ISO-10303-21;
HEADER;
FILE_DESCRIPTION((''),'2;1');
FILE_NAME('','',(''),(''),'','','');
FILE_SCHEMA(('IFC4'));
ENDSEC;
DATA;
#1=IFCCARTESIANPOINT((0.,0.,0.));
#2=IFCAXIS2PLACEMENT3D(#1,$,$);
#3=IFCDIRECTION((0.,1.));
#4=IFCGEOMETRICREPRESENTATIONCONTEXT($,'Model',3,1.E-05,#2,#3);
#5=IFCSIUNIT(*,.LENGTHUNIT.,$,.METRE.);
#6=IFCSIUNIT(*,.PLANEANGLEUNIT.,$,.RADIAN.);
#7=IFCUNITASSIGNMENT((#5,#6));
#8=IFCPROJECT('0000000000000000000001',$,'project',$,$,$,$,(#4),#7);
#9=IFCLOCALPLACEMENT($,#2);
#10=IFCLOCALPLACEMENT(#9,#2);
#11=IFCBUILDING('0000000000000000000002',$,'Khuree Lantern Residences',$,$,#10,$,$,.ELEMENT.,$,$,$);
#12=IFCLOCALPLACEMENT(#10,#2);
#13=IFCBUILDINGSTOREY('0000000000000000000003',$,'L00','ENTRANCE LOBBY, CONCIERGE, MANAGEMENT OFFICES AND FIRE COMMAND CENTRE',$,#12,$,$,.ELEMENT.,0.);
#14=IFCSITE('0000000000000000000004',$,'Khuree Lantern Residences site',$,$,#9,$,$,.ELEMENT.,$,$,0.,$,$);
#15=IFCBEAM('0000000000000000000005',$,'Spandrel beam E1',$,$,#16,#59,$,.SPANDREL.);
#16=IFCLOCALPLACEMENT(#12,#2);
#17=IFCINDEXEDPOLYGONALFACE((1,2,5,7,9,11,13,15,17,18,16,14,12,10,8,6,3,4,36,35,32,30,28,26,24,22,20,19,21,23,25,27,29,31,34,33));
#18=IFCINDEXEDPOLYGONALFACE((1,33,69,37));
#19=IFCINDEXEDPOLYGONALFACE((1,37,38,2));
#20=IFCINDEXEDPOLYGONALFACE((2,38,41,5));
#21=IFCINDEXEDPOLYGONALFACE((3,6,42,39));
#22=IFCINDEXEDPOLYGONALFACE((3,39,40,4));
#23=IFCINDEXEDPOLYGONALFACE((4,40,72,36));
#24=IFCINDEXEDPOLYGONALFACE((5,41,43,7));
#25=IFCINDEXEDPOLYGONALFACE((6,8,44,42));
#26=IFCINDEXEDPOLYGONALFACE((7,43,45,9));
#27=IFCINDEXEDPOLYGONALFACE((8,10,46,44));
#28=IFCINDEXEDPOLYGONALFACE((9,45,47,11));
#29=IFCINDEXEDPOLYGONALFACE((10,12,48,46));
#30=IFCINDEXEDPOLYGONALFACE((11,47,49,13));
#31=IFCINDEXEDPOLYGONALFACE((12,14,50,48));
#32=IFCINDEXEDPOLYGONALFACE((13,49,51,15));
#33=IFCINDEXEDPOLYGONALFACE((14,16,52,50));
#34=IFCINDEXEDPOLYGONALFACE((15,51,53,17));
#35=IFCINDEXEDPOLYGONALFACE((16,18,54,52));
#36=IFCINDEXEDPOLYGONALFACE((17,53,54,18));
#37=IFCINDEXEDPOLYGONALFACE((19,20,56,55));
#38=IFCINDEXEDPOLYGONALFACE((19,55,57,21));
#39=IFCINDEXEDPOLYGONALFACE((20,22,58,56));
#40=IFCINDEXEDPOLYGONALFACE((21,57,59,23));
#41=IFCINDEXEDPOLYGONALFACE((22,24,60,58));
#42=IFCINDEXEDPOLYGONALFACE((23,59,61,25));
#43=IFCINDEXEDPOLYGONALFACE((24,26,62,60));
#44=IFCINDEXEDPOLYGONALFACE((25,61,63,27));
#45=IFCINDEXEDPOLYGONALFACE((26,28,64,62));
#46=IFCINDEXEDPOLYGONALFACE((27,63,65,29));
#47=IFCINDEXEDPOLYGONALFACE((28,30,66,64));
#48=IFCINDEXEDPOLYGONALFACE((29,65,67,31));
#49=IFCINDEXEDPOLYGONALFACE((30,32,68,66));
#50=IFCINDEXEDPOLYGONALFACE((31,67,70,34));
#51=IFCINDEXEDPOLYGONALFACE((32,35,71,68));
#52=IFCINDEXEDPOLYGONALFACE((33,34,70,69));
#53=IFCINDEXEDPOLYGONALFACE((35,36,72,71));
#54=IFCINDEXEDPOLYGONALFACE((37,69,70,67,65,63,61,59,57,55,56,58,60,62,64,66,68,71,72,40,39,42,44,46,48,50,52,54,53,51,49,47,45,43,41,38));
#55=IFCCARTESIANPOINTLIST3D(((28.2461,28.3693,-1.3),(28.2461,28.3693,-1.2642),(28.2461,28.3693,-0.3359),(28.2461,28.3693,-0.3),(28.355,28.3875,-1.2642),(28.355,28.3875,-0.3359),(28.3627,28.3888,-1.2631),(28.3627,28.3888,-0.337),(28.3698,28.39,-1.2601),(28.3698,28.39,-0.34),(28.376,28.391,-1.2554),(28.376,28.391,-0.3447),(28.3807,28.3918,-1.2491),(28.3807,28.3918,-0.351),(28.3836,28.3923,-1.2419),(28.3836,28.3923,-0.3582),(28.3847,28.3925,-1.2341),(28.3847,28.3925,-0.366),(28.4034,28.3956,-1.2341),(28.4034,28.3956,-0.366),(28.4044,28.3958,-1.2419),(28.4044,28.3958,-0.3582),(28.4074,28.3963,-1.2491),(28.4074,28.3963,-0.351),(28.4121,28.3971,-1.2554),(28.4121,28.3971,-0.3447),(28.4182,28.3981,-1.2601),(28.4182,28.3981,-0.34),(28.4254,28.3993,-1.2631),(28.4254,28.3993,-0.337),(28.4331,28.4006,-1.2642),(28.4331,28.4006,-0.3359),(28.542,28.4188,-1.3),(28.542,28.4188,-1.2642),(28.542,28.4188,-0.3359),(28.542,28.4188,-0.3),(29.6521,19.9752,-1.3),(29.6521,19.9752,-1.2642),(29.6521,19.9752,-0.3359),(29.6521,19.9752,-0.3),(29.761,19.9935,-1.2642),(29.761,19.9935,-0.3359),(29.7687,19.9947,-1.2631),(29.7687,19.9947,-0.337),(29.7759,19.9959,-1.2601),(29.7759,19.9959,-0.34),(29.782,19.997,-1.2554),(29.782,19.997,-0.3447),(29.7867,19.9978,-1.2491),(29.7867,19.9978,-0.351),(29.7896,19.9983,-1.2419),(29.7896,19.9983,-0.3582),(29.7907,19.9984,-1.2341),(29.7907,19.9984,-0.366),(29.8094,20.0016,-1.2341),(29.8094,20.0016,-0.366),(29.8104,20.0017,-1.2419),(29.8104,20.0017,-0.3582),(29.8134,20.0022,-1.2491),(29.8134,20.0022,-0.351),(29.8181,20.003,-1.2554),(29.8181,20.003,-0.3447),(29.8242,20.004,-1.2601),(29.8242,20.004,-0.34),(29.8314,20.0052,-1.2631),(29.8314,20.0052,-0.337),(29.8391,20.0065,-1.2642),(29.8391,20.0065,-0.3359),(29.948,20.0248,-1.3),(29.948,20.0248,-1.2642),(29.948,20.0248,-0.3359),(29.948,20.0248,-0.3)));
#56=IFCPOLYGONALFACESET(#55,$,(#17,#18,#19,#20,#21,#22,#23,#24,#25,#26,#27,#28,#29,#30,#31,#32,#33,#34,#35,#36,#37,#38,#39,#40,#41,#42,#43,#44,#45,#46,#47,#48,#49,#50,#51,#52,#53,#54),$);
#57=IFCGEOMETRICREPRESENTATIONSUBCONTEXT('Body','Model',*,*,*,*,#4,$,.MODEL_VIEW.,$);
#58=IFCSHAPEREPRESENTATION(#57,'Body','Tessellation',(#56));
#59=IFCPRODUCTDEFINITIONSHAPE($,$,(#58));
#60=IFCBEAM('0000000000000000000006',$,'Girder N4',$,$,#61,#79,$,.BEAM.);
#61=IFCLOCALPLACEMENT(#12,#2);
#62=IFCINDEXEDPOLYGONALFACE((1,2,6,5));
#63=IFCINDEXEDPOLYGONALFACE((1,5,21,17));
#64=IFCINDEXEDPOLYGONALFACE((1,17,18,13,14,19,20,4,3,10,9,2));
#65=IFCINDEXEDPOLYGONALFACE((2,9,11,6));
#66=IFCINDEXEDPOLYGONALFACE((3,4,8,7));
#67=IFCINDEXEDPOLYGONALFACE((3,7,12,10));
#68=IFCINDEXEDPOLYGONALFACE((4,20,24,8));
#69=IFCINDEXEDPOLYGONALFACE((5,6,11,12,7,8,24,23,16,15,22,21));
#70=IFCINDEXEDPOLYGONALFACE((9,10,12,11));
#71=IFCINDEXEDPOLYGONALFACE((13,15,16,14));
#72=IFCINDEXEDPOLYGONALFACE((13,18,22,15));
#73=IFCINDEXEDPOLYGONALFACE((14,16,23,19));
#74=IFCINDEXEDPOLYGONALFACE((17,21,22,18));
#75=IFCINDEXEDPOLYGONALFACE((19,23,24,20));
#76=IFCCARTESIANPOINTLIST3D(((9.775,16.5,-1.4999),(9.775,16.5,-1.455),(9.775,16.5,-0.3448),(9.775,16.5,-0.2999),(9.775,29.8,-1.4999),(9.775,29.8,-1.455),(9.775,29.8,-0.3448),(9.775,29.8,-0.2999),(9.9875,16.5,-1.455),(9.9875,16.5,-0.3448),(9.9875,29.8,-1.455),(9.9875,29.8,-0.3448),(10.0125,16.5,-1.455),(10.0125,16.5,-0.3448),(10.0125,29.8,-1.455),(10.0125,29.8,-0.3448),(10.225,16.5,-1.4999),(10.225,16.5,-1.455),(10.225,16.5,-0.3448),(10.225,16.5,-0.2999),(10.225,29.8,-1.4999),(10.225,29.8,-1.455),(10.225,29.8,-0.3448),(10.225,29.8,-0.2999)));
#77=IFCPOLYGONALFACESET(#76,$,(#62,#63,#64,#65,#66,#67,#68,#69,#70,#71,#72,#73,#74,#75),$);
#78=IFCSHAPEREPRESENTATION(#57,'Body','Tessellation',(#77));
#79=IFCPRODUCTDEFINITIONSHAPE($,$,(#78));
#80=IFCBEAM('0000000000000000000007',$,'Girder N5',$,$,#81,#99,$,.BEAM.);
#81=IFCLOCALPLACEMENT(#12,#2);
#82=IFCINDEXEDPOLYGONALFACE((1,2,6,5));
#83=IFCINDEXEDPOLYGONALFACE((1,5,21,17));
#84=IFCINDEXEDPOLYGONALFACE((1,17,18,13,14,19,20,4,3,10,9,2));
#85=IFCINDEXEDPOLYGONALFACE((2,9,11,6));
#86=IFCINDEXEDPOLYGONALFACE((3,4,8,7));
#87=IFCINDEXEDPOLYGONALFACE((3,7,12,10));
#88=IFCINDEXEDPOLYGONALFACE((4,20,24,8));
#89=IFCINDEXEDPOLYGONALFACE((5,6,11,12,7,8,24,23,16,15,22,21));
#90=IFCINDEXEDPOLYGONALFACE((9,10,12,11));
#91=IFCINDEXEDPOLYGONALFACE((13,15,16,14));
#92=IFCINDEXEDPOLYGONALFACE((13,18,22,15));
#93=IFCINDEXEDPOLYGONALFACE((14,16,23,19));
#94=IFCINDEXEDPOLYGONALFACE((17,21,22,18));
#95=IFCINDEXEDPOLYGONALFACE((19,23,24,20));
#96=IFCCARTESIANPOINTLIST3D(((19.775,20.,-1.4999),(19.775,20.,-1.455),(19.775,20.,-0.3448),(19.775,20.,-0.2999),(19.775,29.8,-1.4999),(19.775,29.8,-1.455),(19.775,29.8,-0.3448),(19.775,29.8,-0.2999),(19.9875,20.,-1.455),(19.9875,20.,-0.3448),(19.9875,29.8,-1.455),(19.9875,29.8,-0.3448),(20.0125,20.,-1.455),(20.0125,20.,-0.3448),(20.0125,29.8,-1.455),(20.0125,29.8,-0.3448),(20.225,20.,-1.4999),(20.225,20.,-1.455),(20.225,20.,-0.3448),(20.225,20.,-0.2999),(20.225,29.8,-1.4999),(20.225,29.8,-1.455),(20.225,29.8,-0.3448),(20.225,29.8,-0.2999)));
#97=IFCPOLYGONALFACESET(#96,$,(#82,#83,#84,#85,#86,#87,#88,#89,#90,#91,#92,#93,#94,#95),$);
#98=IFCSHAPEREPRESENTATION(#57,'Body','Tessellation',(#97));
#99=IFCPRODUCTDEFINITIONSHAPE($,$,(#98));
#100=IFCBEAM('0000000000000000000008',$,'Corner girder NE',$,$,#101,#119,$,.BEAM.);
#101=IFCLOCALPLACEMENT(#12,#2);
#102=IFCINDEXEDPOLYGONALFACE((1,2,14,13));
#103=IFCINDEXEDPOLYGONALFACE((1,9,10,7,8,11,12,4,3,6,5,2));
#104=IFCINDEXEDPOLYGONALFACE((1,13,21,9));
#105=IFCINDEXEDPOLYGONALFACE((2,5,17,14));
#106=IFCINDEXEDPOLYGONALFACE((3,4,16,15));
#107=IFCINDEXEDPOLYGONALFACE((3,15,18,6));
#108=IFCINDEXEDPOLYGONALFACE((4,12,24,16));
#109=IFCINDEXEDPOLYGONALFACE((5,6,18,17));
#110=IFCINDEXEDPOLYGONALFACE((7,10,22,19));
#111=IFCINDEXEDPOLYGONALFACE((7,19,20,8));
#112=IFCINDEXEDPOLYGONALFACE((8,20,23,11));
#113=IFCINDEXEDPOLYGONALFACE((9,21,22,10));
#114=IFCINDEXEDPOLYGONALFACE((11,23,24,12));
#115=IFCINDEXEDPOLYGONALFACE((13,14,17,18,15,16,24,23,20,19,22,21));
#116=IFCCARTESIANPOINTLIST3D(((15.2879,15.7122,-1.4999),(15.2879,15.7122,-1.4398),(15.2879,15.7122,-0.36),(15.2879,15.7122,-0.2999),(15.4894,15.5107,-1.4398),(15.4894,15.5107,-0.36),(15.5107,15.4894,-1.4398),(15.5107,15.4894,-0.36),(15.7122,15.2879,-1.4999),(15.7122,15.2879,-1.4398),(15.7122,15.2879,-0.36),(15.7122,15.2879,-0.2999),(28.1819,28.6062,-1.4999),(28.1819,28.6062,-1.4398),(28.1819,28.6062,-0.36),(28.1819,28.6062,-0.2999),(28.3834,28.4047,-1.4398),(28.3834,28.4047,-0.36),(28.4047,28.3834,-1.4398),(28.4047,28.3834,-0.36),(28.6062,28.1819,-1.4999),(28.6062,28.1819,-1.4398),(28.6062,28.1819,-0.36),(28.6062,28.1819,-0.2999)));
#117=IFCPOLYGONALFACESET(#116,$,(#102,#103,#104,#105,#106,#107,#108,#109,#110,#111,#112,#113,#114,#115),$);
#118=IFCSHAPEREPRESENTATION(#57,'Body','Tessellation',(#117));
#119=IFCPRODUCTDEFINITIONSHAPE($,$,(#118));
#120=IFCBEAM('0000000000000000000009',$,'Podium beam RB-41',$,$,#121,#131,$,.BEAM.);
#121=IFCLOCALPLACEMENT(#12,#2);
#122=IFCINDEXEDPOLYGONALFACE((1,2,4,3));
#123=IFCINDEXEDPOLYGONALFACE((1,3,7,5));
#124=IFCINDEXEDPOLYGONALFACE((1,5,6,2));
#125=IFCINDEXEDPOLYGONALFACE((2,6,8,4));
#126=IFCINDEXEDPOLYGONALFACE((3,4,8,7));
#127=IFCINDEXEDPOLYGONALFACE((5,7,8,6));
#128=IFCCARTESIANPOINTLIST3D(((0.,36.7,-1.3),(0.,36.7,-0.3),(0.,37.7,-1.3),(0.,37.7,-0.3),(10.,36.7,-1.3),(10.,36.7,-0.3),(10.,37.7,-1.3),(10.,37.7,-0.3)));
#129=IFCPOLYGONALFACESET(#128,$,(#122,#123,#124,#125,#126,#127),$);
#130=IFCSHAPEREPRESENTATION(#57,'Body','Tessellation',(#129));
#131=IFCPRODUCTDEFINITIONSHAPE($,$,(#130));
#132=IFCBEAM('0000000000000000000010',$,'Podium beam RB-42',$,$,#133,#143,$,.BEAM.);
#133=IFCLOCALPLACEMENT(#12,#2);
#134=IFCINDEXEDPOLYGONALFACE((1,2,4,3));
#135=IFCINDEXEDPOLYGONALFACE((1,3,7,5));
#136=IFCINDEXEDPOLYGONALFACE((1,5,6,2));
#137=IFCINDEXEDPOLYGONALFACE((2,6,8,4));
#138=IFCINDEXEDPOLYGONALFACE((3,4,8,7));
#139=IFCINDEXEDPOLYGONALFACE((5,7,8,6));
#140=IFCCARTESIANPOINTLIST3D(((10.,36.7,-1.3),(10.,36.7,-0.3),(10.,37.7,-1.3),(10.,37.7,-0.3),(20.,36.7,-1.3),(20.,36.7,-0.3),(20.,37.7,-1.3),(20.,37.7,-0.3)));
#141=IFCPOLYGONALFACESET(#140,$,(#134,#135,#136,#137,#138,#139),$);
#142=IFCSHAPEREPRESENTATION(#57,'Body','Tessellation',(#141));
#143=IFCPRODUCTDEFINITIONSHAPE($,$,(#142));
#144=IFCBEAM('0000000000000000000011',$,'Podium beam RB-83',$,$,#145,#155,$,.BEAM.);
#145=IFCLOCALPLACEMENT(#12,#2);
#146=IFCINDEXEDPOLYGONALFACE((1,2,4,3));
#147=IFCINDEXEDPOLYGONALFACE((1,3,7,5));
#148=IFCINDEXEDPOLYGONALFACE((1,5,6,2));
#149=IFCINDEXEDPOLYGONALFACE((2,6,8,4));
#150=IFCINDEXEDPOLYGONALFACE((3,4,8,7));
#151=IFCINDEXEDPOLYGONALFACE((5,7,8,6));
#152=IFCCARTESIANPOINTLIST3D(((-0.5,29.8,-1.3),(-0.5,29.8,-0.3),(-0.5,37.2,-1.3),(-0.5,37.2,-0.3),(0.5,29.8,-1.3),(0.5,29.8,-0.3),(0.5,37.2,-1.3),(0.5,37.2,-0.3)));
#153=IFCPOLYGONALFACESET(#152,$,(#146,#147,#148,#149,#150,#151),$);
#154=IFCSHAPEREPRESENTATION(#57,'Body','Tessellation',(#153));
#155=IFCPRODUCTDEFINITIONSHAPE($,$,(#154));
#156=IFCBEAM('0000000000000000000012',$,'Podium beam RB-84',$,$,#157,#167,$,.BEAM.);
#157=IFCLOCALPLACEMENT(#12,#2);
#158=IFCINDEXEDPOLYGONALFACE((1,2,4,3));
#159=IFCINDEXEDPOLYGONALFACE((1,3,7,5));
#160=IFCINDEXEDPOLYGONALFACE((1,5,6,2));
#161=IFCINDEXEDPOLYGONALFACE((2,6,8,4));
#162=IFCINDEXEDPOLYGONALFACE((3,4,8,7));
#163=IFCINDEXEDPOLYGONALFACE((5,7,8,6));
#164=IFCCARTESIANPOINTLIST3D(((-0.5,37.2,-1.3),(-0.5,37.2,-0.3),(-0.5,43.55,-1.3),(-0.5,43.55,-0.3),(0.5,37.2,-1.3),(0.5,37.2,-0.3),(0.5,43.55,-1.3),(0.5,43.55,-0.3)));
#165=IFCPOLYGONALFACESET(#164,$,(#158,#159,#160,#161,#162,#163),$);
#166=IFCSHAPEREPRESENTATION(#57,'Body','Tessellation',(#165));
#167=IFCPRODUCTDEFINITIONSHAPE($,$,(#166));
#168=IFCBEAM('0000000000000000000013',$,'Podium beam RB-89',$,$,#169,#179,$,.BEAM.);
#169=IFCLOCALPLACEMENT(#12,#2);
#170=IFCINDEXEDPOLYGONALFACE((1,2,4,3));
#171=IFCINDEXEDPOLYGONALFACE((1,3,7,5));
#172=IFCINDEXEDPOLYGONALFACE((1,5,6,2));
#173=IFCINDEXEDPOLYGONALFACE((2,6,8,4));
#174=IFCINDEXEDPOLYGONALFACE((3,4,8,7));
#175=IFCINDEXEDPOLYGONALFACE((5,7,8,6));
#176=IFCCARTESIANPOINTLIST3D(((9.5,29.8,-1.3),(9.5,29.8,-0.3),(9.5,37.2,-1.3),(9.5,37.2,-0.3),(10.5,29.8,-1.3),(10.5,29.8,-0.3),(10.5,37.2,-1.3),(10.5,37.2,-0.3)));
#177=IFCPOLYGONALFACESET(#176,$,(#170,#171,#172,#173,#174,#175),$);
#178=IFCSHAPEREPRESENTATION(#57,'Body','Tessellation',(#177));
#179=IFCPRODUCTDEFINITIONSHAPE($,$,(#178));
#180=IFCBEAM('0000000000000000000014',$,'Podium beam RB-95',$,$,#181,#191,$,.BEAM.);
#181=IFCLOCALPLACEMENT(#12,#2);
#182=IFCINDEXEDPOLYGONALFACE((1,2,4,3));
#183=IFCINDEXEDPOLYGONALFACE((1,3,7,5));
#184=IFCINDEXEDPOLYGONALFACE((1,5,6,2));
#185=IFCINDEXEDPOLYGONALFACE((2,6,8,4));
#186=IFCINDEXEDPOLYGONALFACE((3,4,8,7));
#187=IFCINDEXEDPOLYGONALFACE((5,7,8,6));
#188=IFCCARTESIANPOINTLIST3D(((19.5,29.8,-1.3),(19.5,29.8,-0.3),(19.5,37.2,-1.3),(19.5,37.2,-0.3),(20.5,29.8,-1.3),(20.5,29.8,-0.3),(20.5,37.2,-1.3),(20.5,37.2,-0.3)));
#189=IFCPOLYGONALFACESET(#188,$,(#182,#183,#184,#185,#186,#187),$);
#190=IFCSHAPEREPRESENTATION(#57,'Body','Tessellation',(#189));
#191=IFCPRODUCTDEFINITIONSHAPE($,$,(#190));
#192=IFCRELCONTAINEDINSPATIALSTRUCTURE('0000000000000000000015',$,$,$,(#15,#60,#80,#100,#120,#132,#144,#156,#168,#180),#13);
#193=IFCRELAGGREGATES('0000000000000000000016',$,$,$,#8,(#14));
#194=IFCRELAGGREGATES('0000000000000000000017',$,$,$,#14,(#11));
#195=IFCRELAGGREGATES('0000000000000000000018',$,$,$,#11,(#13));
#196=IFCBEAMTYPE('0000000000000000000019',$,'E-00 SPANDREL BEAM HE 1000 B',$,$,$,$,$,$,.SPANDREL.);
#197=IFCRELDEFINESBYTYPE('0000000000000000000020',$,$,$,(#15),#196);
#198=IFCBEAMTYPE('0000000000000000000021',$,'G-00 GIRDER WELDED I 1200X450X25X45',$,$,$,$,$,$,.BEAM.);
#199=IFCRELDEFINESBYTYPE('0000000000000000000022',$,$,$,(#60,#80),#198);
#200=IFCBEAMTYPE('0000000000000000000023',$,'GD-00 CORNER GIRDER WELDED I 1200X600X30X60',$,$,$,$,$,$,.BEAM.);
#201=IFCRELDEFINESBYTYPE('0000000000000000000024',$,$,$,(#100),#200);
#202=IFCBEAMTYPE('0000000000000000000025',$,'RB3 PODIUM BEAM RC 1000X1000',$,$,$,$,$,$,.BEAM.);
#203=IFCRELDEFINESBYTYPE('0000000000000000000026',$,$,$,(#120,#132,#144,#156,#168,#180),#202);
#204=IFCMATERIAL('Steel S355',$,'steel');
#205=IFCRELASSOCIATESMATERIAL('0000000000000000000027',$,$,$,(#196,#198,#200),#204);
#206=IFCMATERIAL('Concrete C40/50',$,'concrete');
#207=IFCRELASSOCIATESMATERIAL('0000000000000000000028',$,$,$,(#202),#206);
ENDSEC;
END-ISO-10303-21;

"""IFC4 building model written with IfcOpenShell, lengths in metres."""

from ifc_helpers import new_model, si_unit, direction, frame, origin, origin_2d, place, context, subcontext, project, spatial, rectangle, i_section, extrude, material, material_profile, profile_set, type_object, element, save


model = new_model("IFC4")

# Units and contexts
model_context = context("Model", 3, precision=1e-05, world=origin(), true_north=direction((0.0, 1.0)))
body_context = subcontext(model_context, "Body", "Model", "MODEL_VIEW")
ifc_project = project(units=[si_unit("LENGTHUNIT", "METRE"), si_unit("PLANEANGLEUNIT", "RADIAN")], contexts=[model_context])

# Site, building, storey
site_placement = place(None, origin())
site = spatial("IfcSite", under=ifc_project, at=site_placement, Name="Khuree Lantern Residences site", CompositionType="ELEMENT", RefElevation=0.0)
building_placement = place(site_placement, origin())
building = spatial("IfcBuilding", under=site, at=building_placement, Name="Khuree Lantern Residences", CompositionType="ELEMENT")
storey_placement = place(building_placement, origin())
storey = spatial("IfcBuildingStorey", under=building, at=storey_placement, Name="L00", Description="ENTRANCE LOBBY, CONCIERGE, MANAGEMENT OFFICES AND FIRE COMMAND CENTRE", CompositionType="ELEMENT", Elevation=0.0)

# Beams
ifc_material_1 = material(Name="Steel S355", Category="steel")
ifc_material_profile_1 = material_profile(ifc_material_1, i_section(OverallWidth=0.3, OverallDepth=1.0, WebThickness=0.019, FlangeThickness=0.0359, FilletRadius=0.03, at=origin_2d()), Name="HE 1000 B")
ifc_profile_set_1 = profile_set([ifc_material_profile_1], Name="Steel S355")
beam_type_1 = type_object("IfcBeamType", Name="E-00 SPANDREL BEAM HE 1000 B", PredefinedType="SPANDREL", material=ifc_profile_set_1)
for number, where, z_axis, x_axis, name in (
    (1, (28.394, 28.394, -0.8), (0.165199, -0.98626, 0.0), (0.98626, 0.165199, 0.0), "Spandrel beam E1"),
):
    element("IfcBeam", number, at=place(storey_placement, frame(where, z_axis=z_axis, x_axis=x_axis)), inside=storey, type_object=beam_type_1, Name=name, PredefinedType="SPANDREL", context=body_context, shape_type="SweptSolid", body=[
        extrude(i_section(OverallWidth=0.3, OverallDepth=1.0, WebThickness=0.019, FlangeThickness=0.0359, FilletRadius=0.03, at=origin_2d()), origin(), (0.0, 0.0, 1.0), 8.511),
    ])
ifc_material_profile_2 = material_profile(ifc_material_1, i_section(OverallWidth=0.45, OverallDepth=1.2, WebThickness=0.0249, FlangeThickness=0.0449, at=origin_2d()), Name="WELDED I 1200X450X25X45")
ifc_profile_set_2 = profile_set([ifc_material_profile_2], Name="Steel S355")
beam_type_2 = type_object("IfcBeamType", Name="G-00 GIRDER WELDED I 1200X450X25X45", PredefinedType="BEAM", material=ifc_profile_set_2)
beam_1_placement = place(storey_placement, frame((10.0, 29.8, -0.8999), z_axis=(0.0, -1.0, 0.0), x_axis=(1.0, 0.0, 0.0)))
element("IfcBeam", 2, at=beam_1_placement, inside=storey, type_object=beam_type_2, Name="Girder N4", PredefinedType="BEAM", context=body_context, shape_type="SweptSolid", body=[
    extrude(i_section(OverallWidth=0.45, OverallDepth=1.2, WebThickness=0.0249, FlangeThickness=0.0449, at=origin_2d()), origin(), (0.0, 0.0, 1.0), 13.3),
])
beam_2_placement = place(storey_placement, frame((20.0, 29.8, -0.8999), z_axis=(0.0, -1.0, 0.0), x_axis=(1.0, 0.0, 0.0)))
element("IfcBeam", 3, at=beam_2_placement, inside=storey, type_object=beam_type_2, Name="Girder N5", PredefinedType="BEAM", context=body_context, shape_type="SweptSolid", body=[
    extrude(i_section(OverallWidth=0.45, OverallDepth=1.2, WebThickness=0.0249, FlangeThickness=0.0449, at=origin_2d()), origin(), (0.0, 0.0, 1.0), 9.8),
])
ifc_material_profile_3 = material_profile(ifc_material_1, i_section(OverallWidth=0.6001, OverallDepth=1.2, WebThickness=0.03, FlangeThickness=0.0601, at=origin_2d()), Name="WELDED I 1200X600X30X60")
ifc_profile_set_3 = profile_set([ifc_material_profile_3], Name="Steel S355")
beam_type_3 = type_object("IfcBeamType", Name="GD-00 CORNER GIRDER WELDED I 1200X600X30X60", PredefinedType="BEAM", material=ifc_profile_set_3)
beam_3_placement = place(storey_placement, frame((28.394, 28.394, -0.8999), z_axis=(-0.707107, -0.707107, 0.0), x_axis=(0.707107, -0.707107, 0.0)))
element("IfcBeam", 4, at=beam_3_placement, inside=storey, type_object=beam_type_3, Name="Corner girder NE", PredefinedType="BEAM", context=body_context, shape_type="SweptSolid", body=[
    extrude(i_section(OverallWidth=0.6001, OverallDepth=1.2, WebThickness=0.03, FlangeThickness=0.0601, at=origin_2d()), origin(), (0.0, 0.0, 1.0), 18.2349),
])
ifc_material_2 = material(Name="Concrete C40/50", Category="concrete")
ifc_material_profile_4 = material_profile(ifc_material_2, rectangle(XDim=1.0, YDim=1.0, at=origin_2d()), Name="RC 1000X1000")
ifc_profile_set_4 = profile_set([ifc_material_profile_4], Name="Concrete C40/50")
beam_type_4 = type_object("IfcBeamType", Name="RB3 PODIUM BEAM RC 1000X1000", PredefinedType="BEAM", material=ifc_profile_set_4)
for number, where, z_axis, x_axis, name in (
    (5, (0.0, 37.2, -0.8), (1.0, 0.0, 0.0), (0.0, 1.0, 0.0), "Podium beam RB-41"),
    (6, (10.0, 37.2, -0.8), (1.0, 0.0, 0.0), (0.0, 1.0, 0.0), "Podium beam RB-42"),
):
    element("IfcBeam", number, at=place(storey_placement, frame(where, z_axis=z_axis, x_axis=x_axis)), inside=storey, type_object=beam_type_4, Name=name, PredefinedType="BEAM", context=body_context, shape_type="SweptSolid", body=[
        extrude(rectangle(XDim=1.0, YDim=1.0, at=origin_2d()), origin(), (0.0, 0.0, 1.0), 10.0),
    ])
beam_4_placement = place(storey_placement, frame((0.0, 29.8, -0.8), z_axis=(0.0, 1.0, 0.0), x_axis=(-1.0, 0.0, 0.0)))
element("IfcBeam", 7, at=beam_4_placement, inside=storey, type_object=beam_type_4, Name="Podium beam RB-83", PredefinedType="BEAM", context=body_context, shape_type="SweptSolid", body=[
    extrude(rectangle(XDim=1.0, YDim=1.0, at=origin_2d()), origin(), (0.0, 0.0, 1.0), 7.3999),
])
beam_5_placement = place(storey_placement, frame((0.0, 37.2, -0.8), z_axis=(0.0, 1.0, 0.0), x_axis=(-1.0, 0.0, 0.0)))
element("IfcBeam", 8, at=beam_5_placement, inside=storey, type_object=beam_type_4, Name="Podium beam RB-84", PredefinedType="BEAM", context=body_context, shape_type="SweptSolid", body=[
    extrude(rectangle(XDim=1.0, YDim=1.0, at=origin_2d()), origin(), (0.0, 0.0, 1.0), 6.3501),
])
for number, where, z_axis, x_axis, name in (
    (9, (10.0, 29.8, -0.8), (0.0, 1.0, 0.0), (-1.0, 0.0, 0.0), "Podium beam RB-89"),
    (10, (20.0, 29.8, -0.8), (0.0, 1.0, 0.0), (-1.0, 0.0, 0.0), "Podium beam RB-95"),
):
    element("IfcBeam", number, at=place(storey_placement, frame(where, z_axis=z_axis, x_axis=x_axis)), inside=storey, type_object=beam_type_4, Name=name, PredefinedType="BEAM", context=body_context, shape_type="SweptSolid", body=[
        extrude(rectangle(XDim=1.0, YDim=1.0, at=origin_2d()), origin(), (0.0, 0.0, 1.0), 7.3999),
    ])

save(model, "model.ifc")
